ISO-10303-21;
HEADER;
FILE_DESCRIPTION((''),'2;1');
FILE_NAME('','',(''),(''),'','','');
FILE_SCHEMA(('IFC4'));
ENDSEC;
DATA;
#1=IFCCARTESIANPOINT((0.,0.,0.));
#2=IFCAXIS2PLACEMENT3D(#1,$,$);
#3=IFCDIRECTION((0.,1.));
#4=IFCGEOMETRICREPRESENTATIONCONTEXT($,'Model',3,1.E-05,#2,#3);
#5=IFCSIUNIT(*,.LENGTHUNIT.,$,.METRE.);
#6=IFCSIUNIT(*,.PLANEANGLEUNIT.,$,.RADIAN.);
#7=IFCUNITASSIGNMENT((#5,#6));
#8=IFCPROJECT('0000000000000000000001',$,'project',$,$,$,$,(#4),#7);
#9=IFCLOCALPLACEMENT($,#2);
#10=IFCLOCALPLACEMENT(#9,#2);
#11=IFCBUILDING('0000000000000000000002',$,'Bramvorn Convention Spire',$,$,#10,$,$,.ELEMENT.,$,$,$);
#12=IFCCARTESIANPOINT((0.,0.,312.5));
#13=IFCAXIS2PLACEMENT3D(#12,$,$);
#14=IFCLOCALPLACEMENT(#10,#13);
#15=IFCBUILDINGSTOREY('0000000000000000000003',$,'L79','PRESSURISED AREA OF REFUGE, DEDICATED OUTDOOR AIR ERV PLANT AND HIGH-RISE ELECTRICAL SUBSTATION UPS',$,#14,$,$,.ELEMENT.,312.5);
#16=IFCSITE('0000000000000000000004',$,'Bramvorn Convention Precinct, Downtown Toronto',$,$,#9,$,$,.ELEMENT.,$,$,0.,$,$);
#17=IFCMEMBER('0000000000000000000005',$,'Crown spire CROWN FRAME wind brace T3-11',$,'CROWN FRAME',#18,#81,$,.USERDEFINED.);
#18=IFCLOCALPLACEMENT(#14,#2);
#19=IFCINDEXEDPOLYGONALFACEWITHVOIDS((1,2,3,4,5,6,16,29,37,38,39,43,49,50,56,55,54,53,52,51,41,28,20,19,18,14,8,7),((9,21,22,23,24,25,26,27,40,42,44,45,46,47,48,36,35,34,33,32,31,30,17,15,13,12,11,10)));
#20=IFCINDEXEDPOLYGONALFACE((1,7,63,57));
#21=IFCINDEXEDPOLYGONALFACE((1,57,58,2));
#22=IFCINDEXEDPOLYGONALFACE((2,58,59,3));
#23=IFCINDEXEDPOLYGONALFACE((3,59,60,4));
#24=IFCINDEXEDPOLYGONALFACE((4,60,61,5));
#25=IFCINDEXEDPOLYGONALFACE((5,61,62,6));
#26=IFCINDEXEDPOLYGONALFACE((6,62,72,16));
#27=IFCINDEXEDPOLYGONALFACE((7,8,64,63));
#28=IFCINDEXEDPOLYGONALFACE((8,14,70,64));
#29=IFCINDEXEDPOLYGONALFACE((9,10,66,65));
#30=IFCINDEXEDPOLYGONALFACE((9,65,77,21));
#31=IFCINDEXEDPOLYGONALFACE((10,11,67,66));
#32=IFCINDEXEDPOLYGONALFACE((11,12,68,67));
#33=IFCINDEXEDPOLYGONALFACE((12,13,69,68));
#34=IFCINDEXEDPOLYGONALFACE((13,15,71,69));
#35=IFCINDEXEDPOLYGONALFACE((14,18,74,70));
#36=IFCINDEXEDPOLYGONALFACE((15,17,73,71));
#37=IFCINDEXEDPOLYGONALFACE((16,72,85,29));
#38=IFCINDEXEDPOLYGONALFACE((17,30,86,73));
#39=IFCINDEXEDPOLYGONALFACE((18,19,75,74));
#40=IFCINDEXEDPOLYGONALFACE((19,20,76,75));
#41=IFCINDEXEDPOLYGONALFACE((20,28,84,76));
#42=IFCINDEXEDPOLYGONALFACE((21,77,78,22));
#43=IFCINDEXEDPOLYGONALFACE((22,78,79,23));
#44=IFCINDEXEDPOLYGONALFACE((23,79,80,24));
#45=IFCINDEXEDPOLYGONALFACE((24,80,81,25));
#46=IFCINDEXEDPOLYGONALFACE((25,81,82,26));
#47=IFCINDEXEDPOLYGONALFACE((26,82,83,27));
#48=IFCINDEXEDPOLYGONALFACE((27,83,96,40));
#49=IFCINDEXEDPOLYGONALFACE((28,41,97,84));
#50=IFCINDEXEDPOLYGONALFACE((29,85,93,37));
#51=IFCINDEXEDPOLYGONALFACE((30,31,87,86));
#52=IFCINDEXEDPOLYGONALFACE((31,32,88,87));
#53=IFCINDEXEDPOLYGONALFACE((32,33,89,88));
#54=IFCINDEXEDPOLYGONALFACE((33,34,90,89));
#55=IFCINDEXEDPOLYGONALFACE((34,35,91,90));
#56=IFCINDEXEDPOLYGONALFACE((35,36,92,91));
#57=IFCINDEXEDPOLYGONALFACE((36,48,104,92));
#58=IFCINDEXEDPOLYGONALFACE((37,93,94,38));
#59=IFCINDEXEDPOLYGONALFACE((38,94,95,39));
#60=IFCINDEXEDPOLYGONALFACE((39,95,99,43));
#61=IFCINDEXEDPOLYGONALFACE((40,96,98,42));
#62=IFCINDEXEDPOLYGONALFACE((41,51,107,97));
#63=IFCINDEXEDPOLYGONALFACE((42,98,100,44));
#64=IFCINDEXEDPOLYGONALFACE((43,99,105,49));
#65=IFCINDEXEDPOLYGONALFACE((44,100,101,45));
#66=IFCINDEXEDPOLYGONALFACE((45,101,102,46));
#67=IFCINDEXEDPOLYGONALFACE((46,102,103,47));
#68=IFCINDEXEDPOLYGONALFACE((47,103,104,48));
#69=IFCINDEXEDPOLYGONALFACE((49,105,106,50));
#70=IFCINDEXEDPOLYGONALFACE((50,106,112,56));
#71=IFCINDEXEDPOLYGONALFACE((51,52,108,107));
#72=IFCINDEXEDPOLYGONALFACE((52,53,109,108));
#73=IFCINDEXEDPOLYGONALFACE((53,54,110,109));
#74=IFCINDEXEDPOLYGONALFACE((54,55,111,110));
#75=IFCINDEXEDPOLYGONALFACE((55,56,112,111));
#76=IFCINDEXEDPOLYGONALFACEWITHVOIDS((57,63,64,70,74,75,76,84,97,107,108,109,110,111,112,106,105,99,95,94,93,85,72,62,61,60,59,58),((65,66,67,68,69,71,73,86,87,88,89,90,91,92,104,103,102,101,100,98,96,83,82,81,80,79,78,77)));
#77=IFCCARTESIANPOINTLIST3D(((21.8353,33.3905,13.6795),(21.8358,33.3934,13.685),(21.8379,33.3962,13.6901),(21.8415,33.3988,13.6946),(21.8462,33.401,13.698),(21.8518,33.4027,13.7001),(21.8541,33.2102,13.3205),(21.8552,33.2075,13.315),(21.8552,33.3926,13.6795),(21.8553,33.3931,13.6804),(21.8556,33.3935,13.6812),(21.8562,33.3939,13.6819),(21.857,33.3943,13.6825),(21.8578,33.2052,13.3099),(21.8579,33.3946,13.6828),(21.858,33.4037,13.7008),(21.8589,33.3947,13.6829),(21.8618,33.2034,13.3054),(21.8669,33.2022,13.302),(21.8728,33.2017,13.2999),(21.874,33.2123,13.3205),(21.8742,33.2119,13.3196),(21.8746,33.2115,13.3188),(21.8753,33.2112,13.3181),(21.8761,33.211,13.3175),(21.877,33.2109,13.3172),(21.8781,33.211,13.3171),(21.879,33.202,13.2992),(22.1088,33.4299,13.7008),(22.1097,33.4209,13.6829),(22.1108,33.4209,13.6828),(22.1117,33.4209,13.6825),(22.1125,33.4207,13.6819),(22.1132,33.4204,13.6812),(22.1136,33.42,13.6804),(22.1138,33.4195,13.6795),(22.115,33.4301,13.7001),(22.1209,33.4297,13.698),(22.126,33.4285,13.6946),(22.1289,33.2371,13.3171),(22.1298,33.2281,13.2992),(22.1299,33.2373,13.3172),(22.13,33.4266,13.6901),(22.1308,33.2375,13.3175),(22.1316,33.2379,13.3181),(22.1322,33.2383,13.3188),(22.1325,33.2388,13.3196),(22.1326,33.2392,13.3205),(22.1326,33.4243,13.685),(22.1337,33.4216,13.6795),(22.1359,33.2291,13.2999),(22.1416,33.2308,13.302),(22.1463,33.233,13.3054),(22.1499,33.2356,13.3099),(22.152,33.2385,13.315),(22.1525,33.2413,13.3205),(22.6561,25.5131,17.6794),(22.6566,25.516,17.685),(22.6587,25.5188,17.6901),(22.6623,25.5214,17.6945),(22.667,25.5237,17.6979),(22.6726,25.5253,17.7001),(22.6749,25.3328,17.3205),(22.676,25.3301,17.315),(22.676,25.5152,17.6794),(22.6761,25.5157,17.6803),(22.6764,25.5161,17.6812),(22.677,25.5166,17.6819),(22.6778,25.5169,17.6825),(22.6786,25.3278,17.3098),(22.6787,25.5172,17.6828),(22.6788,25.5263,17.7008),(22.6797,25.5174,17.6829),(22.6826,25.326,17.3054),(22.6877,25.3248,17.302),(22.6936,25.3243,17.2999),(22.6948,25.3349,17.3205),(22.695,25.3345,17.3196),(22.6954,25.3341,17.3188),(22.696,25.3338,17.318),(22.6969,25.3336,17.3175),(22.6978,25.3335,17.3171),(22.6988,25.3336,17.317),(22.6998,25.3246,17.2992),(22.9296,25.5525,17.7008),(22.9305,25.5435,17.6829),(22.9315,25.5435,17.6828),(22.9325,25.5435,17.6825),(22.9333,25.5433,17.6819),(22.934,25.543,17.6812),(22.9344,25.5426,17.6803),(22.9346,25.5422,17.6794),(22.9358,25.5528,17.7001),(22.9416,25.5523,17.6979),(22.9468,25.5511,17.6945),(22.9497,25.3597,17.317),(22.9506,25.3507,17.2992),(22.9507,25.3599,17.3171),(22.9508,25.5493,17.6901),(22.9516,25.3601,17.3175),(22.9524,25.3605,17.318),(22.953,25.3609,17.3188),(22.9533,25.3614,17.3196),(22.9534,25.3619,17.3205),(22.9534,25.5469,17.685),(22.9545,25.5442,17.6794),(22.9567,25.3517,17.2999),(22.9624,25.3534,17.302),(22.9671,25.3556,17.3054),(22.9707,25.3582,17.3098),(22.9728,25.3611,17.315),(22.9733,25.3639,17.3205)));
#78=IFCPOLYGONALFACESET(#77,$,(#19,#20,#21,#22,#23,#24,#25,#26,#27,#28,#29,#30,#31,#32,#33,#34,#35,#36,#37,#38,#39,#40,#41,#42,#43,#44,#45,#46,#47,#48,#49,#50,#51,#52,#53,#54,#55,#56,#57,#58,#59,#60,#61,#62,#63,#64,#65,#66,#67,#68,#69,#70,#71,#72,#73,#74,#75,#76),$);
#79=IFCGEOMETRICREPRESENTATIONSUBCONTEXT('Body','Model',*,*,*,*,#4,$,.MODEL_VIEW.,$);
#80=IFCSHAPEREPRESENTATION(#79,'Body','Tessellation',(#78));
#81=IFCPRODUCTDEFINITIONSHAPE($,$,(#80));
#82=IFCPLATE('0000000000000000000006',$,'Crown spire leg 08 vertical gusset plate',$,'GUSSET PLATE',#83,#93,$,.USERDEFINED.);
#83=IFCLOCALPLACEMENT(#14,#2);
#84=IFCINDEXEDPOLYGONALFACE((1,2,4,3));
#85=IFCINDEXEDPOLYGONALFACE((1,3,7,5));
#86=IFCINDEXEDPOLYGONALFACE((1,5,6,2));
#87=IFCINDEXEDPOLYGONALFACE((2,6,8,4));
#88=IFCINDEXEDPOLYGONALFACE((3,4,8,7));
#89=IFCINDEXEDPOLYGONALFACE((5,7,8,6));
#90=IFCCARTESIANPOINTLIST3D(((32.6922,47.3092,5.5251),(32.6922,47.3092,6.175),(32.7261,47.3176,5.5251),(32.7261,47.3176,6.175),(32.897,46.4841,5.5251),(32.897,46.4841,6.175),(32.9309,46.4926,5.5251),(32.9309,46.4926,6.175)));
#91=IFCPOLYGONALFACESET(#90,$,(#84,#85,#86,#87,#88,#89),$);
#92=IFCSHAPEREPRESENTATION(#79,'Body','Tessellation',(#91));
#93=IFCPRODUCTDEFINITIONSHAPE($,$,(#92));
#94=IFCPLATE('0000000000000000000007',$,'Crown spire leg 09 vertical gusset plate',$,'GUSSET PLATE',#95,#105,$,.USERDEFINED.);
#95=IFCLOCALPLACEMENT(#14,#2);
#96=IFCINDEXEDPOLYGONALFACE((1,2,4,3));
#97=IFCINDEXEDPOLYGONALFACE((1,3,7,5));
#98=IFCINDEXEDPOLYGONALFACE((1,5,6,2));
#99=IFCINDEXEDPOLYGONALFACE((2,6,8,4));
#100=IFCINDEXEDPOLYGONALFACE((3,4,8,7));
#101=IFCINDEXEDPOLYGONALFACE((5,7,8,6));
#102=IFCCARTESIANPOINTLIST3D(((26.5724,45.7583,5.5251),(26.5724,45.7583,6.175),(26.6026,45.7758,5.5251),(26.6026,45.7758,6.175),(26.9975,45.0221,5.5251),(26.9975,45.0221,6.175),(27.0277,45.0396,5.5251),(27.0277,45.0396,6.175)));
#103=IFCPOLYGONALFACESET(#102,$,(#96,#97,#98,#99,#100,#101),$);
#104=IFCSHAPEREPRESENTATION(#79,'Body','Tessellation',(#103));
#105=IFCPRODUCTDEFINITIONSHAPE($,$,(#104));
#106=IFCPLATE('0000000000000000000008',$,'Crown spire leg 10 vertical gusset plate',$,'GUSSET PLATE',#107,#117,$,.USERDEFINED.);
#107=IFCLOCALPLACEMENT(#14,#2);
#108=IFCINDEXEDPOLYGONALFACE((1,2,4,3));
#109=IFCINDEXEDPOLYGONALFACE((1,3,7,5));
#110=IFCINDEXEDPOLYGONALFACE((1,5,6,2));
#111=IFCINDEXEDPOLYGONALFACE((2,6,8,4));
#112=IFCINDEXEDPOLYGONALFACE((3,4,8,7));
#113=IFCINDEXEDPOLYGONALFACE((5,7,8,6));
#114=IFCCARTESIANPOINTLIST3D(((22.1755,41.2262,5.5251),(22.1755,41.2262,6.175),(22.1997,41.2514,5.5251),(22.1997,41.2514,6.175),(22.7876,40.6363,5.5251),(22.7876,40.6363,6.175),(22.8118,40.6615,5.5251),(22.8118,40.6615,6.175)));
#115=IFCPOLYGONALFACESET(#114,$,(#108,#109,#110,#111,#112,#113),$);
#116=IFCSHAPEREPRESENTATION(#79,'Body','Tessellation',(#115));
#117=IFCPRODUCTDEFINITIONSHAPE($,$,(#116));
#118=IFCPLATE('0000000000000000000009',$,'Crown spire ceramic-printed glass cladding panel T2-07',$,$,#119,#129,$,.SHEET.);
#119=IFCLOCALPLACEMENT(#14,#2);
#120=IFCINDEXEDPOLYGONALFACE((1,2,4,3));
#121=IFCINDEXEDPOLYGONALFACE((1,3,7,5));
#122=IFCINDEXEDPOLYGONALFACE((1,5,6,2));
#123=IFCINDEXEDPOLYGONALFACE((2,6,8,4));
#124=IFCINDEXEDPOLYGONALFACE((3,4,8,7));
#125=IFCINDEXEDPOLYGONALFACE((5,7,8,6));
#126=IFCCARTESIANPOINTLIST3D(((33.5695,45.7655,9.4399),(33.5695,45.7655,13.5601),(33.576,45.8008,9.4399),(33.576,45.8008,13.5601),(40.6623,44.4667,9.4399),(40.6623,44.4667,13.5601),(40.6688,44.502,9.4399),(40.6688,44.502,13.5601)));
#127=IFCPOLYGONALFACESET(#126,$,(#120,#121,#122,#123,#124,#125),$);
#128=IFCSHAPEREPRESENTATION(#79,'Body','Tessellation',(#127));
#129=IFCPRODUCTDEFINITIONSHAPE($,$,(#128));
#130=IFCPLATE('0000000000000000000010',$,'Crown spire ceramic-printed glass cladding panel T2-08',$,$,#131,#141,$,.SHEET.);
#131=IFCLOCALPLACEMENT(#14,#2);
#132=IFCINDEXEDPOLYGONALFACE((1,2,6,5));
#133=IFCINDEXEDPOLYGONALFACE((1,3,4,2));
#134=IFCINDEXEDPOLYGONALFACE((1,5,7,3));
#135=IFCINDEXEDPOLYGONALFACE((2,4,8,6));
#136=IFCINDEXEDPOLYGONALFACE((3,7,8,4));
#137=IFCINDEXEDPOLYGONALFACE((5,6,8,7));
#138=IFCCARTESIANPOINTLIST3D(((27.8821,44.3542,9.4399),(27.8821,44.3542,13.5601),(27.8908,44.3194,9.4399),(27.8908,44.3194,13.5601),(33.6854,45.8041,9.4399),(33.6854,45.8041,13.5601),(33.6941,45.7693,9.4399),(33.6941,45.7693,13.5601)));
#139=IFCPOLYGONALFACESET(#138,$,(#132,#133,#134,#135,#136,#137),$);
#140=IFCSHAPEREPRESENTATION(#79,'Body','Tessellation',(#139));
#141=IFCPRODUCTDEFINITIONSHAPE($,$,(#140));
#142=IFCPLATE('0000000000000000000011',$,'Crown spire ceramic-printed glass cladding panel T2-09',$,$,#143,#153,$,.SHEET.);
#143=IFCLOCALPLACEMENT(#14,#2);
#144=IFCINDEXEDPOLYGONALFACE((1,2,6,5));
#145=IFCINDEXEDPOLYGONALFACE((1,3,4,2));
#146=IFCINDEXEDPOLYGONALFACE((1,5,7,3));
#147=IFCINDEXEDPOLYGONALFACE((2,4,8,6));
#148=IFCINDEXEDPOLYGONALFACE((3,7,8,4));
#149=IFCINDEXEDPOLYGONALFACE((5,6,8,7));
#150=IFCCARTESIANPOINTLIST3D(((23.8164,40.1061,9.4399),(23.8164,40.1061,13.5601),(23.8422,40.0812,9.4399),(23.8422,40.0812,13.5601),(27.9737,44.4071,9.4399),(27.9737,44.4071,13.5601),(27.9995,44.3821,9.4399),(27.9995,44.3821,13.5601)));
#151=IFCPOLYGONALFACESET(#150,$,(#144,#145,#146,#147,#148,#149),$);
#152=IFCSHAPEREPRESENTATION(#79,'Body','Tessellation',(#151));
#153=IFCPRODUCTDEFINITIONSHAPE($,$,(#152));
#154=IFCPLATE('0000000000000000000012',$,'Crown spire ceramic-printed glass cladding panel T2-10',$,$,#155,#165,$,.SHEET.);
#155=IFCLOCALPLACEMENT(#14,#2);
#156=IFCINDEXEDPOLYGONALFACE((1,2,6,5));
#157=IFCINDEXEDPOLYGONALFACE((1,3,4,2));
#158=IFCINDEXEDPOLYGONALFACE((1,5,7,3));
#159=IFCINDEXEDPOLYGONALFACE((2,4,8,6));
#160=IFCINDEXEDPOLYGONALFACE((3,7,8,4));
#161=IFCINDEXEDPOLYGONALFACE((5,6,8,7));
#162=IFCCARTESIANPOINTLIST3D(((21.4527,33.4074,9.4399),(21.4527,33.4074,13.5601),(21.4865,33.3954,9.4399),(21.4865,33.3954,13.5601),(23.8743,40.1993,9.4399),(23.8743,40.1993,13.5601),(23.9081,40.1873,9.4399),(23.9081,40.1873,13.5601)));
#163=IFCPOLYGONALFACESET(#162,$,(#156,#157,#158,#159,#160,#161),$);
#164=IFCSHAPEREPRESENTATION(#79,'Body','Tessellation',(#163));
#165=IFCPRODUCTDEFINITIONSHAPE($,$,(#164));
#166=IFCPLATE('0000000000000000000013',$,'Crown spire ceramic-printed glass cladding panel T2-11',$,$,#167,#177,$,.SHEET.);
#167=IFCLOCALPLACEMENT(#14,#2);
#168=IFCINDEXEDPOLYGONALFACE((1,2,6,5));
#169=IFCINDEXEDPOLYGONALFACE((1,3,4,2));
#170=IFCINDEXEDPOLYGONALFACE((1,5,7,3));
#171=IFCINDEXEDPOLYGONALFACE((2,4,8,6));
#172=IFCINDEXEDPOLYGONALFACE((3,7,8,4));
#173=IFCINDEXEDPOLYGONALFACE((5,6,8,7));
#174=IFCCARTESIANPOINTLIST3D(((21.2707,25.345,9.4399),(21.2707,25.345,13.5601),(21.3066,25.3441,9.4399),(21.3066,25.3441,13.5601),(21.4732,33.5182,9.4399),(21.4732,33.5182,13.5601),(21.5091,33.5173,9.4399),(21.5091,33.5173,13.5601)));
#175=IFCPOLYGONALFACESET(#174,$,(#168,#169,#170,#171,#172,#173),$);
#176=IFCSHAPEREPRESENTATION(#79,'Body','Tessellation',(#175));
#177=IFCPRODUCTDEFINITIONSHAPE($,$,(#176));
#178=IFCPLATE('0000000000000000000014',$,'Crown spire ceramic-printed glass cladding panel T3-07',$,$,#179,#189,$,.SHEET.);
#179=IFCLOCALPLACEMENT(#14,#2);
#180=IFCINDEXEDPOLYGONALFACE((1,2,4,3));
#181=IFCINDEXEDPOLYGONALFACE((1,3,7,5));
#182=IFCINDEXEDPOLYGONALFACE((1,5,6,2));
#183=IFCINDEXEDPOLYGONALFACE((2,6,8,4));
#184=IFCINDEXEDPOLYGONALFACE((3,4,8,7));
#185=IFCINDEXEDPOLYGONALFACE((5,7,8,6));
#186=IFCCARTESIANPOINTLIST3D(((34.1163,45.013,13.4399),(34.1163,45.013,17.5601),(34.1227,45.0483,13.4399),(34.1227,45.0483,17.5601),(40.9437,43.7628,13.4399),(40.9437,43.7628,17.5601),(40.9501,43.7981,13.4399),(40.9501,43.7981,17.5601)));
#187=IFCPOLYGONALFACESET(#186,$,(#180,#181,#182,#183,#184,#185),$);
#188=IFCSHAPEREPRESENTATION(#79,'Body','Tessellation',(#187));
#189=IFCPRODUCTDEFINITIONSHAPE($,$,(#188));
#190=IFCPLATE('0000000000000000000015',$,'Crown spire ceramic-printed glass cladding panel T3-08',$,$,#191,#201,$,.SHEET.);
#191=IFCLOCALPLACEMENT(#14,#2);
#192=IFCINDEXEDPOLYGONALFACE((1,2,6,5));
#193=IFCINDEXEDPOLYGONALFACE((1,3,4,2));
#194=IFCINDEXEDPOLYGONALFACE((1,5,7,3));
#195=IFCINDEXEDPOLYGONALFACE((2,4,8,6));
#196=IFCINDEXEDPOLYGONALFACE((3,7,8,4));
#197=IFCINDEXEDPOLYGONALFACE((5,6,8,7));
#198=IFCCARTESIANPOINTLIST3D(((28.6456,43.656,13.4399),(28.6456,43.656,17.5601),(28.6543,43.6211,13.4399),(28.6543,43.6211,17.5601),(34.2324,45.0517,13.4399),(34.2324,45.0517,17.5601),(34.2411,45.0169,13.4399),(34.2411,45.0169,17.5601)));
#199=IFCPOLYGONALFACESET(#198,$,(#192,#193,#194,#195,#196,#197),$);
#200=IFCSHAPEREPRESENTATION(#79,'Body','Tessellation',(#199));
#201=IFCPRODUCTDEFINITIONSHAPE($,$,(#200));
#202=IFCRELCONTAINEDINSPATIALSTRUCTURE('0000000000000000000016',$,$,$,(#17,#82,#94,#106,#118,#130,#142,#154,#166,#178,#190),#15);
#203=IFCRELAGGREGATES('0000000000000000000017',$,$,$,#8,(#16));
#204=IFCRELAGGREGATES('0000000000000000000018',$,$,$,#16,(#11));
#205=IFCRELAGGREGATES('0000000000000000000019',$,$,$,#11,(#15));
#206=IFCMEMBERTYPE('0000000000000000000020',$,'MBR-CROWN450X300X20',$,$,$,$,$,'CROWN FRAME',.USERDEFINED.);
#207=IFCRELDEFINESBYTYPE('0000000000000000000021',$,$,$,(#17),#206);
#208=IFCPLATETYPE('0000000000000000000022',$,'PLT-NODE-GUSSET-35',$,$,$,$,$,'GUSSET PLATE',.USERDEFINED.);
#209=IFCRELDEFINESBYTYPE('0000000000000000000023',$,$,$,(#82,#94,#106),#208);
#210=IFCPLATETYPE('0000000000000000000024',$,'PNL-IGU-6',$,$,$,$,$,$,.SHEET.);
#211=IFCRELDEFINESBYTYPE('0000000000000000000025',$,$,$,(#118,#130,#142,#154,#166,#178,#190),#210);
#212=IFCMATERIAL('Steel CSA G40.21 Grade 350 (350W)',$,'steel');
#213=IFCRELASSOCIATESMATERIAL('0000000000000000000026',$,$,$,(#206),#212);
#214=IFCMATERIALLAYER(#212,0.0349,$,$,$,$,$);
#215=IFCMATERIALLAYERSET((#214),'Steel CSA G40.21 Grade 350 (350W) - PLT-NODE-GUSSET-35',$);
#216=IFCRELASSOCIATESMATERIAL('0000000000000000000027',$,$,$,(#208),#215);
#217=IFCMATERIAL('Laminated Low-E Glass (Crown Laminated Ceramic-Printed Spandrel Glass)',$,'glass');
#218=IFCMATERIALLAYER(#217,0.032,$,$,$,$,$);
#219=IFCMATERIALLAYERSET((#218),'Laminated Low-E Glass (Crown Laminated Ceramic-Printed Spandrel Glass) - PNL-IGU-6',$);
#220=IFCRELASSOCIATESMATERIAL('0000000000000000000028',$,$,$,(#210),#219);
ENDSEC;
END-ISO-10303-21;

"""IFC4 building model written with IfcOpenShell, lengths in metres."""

from ifc_helpers import new_model, si_unit, direction, frame, origin, origin_2d, place, context, subcontext, project, spatial, rectangle, hollow_rectangle, extrude, material, layer, layer_set, material_profile, profile_set, type_object, element, save


model = new_model("IFC4")

# Units and contexts
model_context = context("Model", 3, precision=1e-05, world=origin(), true_north=direction((0.0, 1.0)))
body_context = subcontext(model_context, "Body", "Model", "MODEL_VIEW")
ifc_project = project(units=[si_unit("LENGTHUNIT", "METRE"), si_unit("PLANEANGLEUNIT", "RADIAN")], contexts=[model_context])

# Site, building, storey
site_placement = place(None, origin())
site = spatial("IfcSite", under=ifc_project, at=site_placement, Name="Bramvorn Convention Precinct, Downtown Toronto", CompositionType="ELEMENT", RefElevation=0.0)
building_placement = place(site_placement, origin())
building = spatial("IfcBuilding", under=site, at=building_placement, Name="Bramvorn Convention Spire", CompositionType="ELEMENT")
storey_placement = place(building_placement, frame((0.0, 0.0, 312.5)))
storey = spatial("IfcBuildingStorey", under=building, at=storey_placement, Name="L79", Description="PRESSURISED AREA OF REFUGE, DEDICATED OUTDOOR AIR ERV PLANT AND HIGH-RISE ELECTRICAL SUBSTATION UPS", CompositionType="ELEMENT", Elevation=312.5)

# Shared definitions
ifc_material_1 = material(Name="Steel CSA G40.21 Grade 350 (350W)", Category="steel")

# Member
ifc_material_profile_1 = material_profile(ifc_material_1, hollow_rectangle(XDim=0.3, YDim=0.45, WallThickness=0.02, InnerFilletRadius=0.0039, OuterFilletRadius=0.0239, at=origin_2d()))
ifc_profile_set_1 = profile_set([ifc_material_profile_1], Name="Steel CSA G40.21 Grade 350 (350W) - CROWN450X300X20")
member_type = type_object("IfcMemberType", Name="MBR-CROWN450X300X20", ElementType="CROWN FRAME", PredefinedType="USERDEFINED", material=ifc_profile_set_1)
member_1_placement = place(storey_placement, frame((21.9939, 33.3159, 13.5), z_axis=(0.092507, -0.887812, 0.450812), x_axis=(0.994615, 0.103635, 0.0)))
element("IfcMember", 1, at=member_1_placement, inside=storey, type_object=member_type, Name="Crown spire CROWN FRAME wind brace T3-11", ObjectType="CROWN FRAME", PredefinedType="USERDEFINED", context=body_context, shape_type="SweptSolid", body=[
    extrude(hollow_rectangle(XDim=0.3, YDim=0.45, WallThickness=0.02, InnerFilletRadius=0.0039, OuterFilletRadius=0.0239, at=origin_2d()), origin(), (0.0, 0.0, 1.0), 8.8728),
])

# Plates
ifc_layer_1 = layer(ifc_material_1, 0.0349)
ifc_layer_set_1 = layer_set([ifc_layer_1], Name="Steel CSA G40.21 Grade 350 (350W) - PLT-NODE-GUSSET-35")
plate_type_1 = type_object("IfcPlateType", Name="PLT-NODE-GUSSET-35", ElementType="GUSSET PLATE", PredefinedType="USERDEFINED", material=ifc_layer_set_1)
for number, where, z_axis, x_axis, name in (
    (2, (32.8115, 46.9009, 5.5251), (0.0, 0.0, 1.0), (-0.24093, 0.970542, 0.0), "Crown spire leg 08 vertical gusset plate"),
    (3, (26.8, 45.3989, 5.5251), (0.0, 0.0, 1.0), (-0.499999, 0.866026, 0.0), "Crown spire leg 09 vertical gusset plate"),
    (4, (22.4937, 40.9438, 5.5251), (0.0, 0.0, 1.0), (-0.720048, 0.693924, 0.0), "Crown spire leg 10 vertical gusset plate"),
):
    element("IfcPlate", number, at=place(storey_placement, frame(where, z_axis=z_axis, x_axis=x_axis)), inside=storey, type_object=plate_type_1, Name=name, ObjectType="GUSSET PLATE", PredefinedType="USERDEFINED", context=body_context, shape_type="SweptSolid", body=[
        extrude(rectangle(XDim=0.8501, YDim=0.0349, at=origin_2d()), origin(), (0.0, 0.0, 1.0), 0.6499),
    ])
ifc_material_2 = material(Name="Laminated Low-E Glass (Crown Laminated Ceramic-Printed Spandrel Glass)", Category="glass")
ifc_layer_2 = layer(ifc_material_2, 0.032)
ifc_layer_set_2 = layer_set([ifc_layer_2], Name="Laminated Low-E Glass (Crown Laminated Ceramic-Printed Spandrel Glass) - PNL-IGU-6")
plate_type_2 = type_object("IfcPlateType", Name="PNL-IGU-6", PredefinedType="SHEET", material=ifc_layer_set_2)
plate_1_placement = place(storey_placement, frame((37.1191, 45.1338, 9.4399), z_axis=(0.0, 0.0, 1.0), x_axis=(-0.983645, 0.18012, 0.0)))
element("IfcPlate", 5, at=plate_1_placement, inside=storey, type_object=plate_type_2, Name="Crown spire ceramic-printed glass cladding panel T2-07", PredefinedType="SHEET", context=body_context, shape_type="SweptSolid", body=[
    extrude(rectangle(XDim=7.2107, YDim=0.0359, at=origin_2d()), origin(), (0.0, 0.0, 1.0), 4.1201),
])
for number, where, z_axis, x_axis, name in (
    (6, (30.7881, 45.0618, 9.4399), (0.0, 0.0, 1.0), (-0.97018, -0.242387, 0.0), "Crown spire ceramic-printed glass cladding panel T2-08"),
    (7, (25.908, 42.2441, 9.4399), (0.0, 0.0, 1.0), (-0.694995, -0.719015, 0.0), "Crown spire ceramic-printed glass cladding panel T2-09"),
):
    element("IfcPlate", number, at=place(storey_placement, frame(where, z_axis=z_axis, x_axis=x_axis)), inside=storey, type_object=plate_type_2, Name=name, PredefinedType="SHEET", context=body_context, shape_type="SweptSolid", body=[
        extrude(rectangle(XDim=5.9817, YDim=0.0359, at=origin_2d()), origin(), (0.0, 0.0, 1.0), 4.1201),
    ])
plate_2_placement = place(storey_placement, frame((22.6804, 36.7974, 9.4399), z_axis=(0.0, 0.0, 1.0), x_axis=(-0.335835, -0.941921, 0.0)))
element("IfcPlate", 8, at=plate_2_placement, inside=storey, type_object=plate_type_2, Name="Crown spire ceramic-printed glass cladding panel T2-10", PredefinedType="SHEET", context=body_context, shape_type="SweptSolid", body=[
    extrude(rectangle(XDim=7.2107, YDim=0.0359, at=origin_2d()), origin(), (0.0, 0.0, 1.0), 4.1201),
])
plate_3_placement = place(storey_placement, frame((21.3899, 29.4312, 9.4399), z_axis=(0.0, 0.0, 1.0), x_axis=(-0.024771, -0.999693, 0.0)))
element("IfcPlate", 9, at=plate_3_placement, inside=storey, type_object=plate_type_2, Name="Crown spire ceramic-printed glass cladding panel T2-11", PredefinedType="SHEET", context=body_context, shape_type="SweptSolid", body=[
    extrude(rectangle(XDim=8.1758, YDim=0.0359, at=origin_2d()), origin(), (0.0, 0.0, 1.0), 4.1201),
])
plate_4_placement = place(storey_placement, frame((37.5332, 44.4055, 13.4399), z_axis=(0.0, 0.0, 1.0), x_axis=(-0.983644, 0.180121, 0.0)))
element("IfcPlate", 10, at=plate_4_placement, inside=storey, type_object=plate_type_2, Name="Crown spire ceramic-printed glass cladding panel T3-07", PredefinedType="SHEET", context=body_context, shape_type="SweptSolid", body=[
    extrude(rectangle(XDim=6.9409, YDim=0.0359, at=origin_2d()), origin(), (0.0, 0.0, 1.0), 4.1201),
])
for number, where, z_axis, x_axis, name in (
    (11, (31.4434, 44.3364, 13.4399), (0.0, 0.0, 1.0), (-0.970181, -0.242381, 0.0), "Crown spire ceramic-printed glass cladding panel T3-08"),
):
    element("IfcPlate", number, at=place(storey_placement, frame(where, z_axis=z_axis, x_axis=x_axis)), inside=storey, type_object=plate_type_2, Name=name, PredefinedType="SHEET", context=body_context, shape_type="SweptSolid", body=[
        extrude(rectangle(XDim=5.7585, YDim=0.0359, at=origin_2d()), origin(), (0.0, 0.0, 1.0), 4.1201),
    ])

save(model, "model.ifc")
